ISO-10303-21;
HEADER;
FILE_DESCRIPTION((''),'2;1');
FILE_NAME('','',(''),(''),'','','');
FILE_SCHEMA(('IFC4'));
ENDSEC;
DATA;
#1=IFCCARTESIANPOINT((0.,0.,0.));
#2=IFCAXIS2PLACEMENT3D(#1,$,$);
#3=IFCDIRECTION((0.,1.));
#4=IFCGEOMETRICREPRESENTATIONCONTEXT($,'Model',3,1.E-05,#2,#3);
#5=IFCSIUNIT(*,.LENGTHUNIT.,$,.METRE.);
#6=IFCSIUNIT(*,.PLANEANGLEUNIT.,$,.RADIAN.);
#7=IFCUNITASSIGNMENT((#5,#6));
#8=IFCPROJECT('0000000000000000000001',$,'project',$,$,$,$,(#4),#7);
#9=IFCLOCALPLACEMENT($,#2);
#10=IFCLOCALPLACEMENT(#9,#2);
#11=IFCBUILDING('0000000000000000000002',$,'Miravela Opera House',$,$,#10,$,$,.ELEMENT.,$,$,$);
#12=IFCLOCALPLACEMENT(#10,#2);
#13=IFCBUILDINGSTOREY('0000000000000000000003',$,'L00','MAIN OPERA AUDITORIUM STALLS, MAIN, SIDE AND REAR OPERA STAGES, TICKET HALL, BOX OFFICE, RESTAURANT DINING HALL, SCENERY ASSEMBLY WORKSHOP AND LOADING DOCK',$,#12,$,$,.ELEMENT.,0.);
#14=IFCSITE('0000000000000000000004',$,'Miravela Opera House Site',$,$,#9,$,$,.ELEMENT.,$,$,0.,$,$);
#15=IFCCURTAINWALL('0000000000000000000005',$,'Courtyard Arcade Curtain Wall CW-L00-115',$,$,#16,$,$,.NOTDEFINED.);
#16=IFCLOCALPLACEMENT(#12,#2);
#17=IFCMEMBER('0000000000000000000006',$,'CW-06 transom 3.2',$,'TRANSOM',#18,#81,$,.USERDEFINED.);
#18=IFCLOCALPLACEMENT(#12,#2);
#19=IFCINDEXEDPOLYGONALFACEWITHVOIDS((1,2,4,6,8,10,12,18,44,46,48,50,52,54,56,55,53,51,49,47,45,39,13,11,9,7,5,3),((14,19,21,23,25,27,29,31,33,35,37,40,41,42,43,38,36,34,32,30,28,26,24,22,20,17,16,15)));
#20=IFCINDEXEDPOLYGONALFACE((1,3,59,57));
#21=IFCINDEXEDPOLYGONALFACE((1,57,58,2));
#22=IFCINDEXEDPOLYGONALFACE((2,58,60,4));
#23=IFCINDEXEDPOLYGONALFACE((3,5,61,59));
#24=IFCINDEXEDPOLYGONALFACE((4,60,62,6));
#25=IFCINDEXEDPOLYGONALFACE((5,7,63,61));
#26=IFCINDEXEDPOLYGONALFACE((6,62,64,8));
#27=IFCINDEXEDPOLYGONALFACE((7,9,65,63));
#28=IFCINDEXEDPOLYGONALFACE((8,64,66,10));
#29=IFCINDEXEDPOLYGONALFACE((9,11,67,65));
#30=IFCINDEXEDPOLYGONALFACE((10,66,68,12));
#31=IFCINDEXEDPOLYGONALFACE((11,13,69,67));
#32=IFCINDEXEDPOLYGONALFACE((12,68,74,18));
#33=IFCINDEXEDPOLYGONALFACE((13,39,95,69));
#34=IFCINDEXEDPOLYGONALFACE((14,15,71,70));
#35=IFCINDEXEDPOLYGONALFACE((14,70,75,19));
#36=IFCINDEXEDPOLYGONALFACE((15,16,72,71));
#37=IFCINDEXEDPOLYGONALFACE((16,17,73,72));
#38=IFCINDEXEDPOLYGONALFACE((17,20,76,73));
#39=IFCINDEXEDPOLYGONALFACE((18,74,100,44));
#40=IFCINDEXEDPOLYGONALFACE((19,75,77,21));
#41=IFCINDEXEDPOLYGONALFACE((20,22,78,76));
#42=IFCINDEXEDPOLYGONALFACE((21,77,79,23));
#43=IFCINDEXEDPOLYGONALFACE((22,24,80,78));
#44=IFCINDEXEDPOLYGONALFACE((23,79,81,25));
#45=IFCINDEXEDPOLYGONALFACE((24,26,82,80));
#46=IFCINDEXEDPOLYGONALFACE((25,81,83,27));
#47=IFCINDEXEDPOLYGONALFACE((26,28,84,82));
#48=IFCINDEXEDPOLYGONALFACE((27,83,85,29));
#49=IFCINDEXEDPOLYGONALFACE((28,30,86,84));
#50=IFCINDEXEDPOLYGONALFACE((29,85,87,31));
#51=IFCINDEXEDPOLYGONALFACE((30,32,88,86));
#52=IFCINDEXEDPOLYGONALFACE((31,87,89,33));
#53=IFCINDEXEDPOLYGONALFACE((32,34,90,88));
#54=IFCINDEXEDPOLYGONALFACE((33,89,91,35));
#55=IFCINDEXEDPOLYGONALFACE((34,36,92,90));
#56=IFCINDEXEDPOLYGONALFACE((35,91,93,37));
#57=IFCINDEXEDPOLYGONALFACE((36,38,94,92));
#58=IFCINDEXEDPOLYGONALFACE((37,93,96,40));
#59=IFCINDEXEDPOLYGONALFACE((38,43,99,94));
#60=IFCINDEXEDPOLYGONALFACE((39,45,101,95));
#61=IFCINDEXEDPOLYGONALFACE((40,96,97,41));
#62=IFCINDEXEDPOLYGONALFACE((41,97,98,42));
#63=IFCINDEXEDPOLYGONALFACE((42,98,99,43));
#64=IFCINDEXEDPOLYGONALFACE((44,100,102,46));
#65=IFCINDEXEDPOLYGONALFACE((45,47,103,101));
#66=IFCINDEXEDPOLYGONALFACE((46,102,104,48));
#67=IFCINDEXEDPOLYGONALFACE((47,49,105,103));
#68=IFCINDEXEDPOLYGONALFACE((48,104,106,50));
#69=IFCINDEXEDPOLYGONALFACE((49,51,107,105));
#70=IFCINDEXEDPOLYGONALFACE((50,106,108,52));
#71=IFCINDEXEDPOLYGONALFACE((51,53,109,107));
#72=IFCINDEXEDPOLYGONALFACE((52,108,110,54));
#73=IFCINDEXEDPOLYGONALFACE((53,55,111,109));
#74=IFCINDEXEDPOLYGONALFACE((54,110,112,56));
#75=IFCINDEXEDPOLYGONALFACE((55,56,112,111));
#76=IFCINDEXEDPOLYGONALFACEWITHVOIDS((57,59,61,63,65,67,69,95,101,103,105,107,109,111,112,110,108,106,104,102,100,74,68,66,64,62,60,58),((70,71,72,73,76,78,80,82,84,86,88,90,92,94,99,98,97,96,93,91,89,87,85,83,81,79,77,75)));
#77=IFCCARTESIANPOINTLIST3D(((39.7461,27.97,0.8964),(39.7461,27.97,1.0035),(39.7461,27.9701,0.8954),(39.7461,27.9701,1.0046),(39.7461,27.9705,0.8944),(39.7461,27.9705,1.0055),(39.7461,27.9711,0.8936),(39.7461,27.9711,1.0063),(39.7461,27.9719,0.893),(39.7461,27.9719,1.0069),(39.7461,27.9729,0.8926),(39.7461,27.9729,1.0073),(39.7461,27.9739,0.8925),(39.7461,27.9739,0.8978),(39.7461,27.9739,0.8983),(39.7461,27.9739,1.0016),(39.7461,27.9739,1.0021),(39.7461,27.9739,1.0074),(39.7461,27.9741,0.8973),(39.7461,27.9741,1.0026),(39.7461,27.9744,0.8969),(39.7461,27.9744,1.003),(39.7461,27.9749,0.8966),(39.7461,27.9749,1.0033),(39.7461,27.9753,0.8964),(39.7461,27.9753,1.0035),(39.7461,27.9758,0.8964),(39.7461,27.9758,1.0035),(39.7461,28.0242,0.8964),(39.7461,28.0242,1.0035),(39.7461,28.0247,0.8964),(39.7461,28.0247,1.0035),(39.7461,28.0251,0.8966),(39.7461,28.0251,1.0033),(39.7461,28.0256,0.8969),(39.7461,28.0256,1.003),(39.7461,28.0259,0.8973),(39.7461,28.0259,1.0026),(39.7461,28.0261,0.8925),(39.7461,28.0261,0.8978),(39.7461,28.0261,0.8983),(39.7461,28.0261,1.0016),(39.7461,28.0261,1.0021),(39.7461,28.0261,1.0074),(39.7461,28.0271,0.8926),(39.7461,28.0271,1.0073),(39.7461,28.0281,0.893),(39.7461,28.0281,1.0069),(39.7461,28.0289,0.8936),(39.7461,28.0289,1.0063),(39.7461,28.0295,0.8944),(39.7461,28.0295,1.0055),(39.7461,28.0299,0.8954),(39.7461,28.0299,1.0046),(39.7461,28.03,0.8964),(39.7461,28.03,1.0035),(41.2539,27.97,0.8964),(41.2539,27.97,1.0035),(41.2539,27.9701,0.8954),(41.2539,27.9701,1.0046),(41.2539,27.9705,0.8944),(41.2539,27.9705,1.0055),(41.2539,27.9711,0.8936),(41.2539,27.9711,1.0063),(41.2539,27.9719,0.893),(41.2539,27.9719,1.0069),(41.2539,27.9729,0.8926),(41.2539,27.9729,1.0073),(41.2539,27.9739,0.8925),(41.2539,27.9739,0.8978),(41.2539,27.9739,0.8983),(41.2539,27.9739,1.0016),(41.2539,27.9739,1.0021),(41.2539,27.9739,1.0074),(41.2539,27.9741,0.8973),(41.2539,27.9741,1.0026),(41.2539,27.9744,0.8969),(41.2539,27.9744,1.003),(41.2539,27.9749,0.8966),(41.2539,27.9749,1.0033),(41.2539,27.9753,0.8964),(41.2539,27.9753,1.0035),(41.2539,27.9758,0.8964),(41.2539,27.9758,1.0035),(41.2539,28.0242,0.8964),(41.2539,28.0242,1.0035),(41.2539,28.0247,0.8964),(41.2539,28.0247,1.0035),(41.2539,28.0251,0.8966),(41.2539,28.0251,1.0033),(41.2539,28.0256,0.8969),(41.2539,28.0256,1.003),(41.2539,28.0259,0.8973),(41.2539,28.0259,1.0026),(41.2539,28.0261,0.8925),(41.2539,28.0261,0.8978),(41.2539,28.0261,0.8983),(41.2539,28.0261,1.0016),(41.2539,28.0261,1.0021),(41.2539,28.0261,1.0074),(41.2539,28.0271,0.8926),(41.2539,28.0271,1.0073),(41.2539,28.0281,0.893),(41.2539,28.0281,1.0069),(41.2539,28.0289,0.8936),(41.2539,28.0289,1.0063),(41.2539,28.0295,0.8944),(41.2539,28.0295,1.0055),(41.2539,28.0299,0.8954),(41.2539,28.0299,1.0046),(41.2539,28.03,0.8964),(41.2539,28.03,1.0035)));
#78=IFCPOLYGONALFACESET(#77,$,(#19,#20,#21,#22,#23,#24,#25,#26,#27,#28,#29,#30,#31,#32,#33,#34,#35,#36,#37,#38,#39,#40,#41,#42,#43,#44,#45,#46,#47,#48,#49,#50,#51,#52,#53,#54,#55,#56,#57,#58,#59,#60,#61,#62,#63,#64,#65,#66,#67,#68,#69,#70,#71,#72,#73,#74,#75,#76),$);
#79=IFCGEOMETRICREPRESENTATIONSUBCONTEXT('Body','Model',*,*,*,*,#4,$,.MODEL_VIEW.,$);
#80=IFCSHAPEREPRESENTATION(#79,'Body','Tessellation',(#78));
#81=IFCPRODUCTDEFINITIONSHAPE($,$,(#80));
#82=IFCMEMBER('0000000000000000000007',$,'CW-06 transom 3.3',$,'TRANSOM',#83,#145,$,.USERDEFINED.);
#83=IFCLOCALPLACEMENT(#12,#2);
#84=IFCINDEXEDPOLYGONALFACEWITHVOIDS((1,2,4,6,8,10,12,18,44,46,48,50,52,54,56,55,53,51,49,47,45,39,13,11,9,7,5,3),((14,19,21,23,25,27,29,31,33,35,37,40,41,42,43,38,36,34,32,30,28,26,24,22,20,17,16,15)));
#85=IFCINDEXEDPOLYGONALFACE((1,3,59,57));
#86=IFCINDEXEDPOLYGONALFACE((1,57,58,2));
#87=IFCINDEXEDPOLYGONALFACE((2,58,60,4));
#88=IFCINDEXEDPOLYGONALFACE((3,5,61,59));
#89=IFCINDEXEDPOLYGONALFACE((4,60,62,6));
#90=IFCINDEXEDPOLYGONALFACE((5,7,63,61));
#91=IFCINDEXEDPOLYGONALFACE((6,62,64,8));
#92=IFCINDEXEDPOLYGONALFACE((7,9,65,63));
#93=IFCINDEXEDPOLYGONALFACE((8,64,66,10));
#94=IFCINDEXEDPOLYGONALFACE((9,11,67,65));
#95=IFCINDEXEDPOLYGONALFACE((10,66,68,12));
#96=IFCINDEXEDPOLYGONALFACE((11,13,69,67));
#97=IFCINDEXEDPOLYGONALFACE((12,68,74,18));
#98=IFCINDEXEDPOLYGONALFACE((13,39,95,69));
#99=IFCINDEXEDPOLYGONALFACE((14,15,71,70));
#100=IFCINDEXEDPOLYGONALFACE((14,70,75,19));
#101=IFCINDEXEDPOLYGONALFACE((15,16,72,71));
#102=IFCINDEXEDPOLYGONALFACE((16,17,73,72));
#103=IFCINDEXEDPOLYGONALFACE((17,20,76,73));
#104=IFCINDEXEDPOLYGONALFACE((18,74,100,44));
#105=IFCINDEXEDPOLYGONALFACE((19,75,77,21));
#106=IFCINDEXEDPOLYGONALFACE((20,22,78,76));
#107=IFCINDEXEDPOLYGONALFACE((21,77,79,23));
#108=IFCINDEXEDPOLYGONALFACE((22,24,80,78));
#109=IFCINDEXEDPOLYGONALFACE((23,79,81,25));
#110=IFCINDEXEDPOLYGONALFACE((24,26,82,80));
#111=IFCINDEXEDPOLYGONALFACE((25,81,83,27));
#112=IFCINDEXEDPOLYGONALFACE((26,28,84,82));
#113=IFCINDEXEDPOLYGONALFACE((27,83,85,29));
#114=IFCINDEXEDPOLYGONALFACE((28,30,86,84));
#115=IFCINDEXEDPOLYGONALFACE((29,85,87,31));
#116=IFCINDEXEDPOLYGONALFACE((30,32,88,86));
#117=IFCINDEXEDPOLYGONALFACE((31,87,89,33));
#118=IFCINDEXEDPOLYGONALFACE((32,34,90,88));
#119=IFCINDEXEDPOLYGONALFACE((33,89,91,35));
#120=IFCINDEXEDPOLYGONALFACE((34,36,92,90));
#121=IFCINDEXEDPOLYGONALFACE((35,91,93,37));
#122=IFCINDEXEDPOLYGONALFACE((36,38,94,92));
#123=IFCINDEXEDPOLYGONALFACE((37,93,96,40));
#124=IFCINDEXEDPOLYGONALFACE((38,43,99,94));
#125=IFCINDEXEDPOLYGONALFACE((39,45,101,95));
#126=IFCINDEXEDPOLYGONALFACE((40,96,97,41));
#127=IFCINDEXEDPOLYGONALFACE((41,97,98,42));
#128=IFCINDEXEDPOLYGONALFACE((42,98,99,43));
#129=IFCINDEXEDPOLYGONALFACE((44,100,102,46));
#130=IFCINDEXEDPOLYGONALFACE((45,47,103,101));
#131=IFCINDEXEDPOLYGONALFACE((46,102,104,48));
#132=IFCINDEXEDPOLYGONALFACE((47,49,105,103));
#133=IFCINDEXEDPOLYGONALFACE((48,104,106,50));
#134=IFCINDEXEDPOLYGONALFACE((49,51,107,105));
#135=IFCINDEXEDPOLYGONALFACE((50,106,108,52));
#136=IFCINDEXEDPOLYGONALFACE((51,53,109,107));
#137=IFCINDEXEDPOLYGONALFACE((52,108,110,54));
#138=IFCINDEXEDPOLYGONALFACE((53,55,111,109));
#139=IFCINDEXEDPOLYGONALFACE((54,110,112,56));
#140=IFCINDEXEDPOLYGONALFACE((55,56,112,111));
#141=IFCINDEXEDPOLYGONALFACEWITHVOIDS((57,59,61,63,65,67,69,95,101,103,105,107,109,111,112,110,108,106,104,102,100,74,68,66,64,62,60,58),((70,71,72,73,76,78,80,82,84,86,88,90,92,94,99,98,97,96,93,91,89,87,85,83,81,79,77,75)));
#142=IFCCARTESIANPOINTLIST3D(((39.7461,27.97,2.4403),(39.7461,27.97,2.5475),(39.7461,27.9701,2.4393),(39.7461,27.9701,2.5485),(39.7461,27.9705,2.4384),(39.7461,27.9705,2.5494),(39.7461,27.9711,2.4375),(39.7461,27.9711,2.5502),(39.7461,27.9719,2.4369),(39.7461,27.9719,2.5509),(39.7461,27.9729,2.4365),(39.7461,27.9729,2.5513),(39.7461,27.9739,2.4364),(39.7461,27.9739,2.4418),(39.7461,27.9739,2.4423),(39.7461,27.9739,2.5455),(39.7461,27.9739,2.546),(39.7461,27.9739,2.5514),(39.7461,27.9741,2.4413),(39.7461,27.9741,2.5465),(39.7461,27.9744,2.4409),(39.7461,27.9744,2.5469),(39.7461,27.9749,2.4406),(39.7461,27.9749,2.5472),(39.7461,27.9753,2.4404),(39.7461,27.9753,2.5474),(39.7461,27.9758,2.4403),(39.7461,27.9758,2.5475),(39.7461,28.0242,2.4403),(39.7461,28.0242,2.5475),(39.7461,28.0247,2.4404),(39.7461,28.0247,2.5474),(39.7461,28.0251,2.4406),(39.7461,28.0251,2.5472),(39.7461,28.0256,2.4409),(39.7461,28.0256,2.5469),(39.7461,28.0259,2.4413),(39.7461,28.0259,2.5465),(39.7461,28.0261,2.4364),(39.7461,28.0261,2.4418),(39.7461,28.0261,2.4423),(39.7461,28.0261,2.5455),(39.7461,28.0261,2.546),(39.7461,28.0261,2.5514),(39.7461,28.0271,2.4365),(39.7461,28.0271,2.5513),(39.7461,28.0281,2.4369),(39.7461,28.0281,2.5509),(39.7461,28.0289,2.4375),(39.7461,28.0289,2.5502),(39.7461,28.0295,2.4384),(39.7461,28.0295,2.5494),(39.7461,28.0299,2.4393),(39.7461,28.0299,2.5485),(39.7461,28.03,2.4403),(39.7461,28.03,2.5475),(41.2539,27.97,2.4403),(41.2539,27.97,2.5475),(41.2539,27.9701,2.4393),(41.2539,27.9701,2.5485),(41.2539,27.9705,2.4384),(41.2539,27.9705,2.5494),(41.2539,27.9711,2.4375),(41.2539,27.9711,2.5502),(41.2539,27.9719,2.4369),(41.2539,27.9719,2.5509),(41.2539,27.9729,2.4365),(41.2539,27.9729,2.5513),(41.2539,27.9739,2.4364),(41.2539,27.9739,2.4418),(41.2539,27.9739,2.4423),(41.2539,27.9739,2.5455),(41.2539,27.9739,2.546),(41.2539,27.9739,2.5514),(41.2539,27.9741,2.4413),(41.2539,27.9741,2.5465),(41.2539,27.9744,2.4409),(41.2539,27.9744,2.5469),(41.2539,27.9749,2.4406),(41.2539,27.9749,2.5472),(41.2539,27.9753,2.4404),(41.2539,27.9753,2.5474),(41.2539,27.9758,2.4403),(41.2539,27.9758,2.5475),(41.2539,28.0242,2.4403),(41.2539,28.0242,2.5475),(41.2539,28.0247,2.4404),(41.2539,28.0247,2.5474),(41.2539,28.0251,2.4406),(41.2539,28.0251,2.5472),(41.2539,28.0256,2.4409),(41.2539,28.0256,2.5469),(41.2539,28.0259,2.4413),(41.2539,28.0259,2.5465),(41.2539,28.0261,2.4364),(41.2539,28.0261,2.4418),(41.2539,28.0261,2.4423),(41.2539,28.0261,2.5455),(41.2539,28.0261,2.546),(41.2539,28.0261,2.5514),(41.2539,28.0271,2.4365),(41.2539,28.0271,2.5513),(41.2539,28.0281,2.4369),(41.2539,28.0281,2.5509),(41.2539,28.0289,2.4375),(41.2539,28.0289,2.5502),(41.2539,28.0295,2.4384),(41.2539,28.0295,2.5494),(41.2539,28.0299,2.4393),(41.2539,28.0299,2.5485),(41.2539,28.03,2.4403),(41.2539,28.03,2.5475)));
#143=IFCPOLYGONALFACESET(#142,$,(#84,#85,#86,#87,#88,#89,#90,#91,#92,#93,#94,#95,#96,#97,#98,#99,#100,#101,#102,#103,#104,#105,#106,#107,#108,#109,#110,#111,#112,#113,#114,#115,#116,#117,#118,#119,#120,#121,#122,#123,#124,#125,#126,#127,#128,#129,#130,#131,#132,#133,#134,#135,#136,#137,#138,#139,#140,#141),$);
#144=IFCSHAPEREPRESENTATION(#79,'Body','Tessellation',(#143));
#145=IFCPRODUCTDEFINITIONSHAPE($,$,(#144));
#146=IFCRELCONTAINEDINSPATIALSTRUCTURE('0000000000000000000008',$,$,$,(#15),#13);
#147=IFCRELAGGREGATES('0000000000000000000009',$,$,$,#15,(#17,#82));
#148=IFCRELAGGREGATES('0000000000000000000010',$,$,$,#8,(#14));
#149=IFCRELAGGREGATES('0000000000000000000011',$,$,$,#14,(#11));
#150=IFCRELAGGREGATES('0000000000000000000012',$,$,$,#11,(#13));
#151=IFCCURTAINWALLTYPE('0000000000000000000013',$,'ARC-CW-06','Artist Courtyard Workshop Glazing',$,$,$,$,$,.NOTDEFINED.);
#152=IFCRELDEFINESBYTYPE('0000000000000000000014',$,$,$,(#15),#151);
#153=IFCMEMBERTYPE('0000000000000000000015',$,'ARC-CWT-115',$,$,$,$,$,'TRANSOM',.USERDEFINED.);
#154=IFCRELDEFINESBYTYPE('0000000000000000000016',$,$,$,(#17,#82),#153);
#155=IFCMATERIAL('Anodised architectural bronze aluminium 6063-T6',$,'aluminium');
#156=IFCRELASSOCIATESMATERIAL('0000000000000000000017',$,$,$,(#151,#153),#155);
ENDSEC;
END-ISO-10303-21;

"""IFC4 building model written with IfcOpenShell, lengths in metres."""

from ifc_helpers import new_model, si_unit, direction, frame, origin, origin_2d, place, context, subcontext, project, spatial, hollow_rectangle, extrude, material, material_profile, profile_set, type_object, element, aggregate, save


model = new_model("IFC4")

# Units and contexts
model_context = context("Model", 3, precision=1e-05, world=origin(), true_north=direction((0.0, 1.0)))
body_context = subcontext(model_context, "Body", "Model", "MODEL_VIEW")
ifc_project = project(units=[si_unit("LENGTHUNIT", "METRE"), si_unit("PLANEANGLEUNIT", "RADIAN")], contexts=[model_context])

# Site, building, storey
site_placement = place(None, origin())
site = spatial("IfcSite", under=ifc_project, at=site_placement, Name="Miravela Opera House Site", CompositionType="ELEMENT", RefElevation=0.0)
building_placement = place(site_placement, origin())
building = spatial("IfcBuilding", under=site, at=building_placement, Name="Miravela Opera House", CompositionType="ELEMENT")
storey_placement = place(building_placement, origin())
storey = spatial("IfcBuildingStorey", under=building, at=storey_placement, Name="L00", Description="MAIN OPERA AUDITORIUM STALLS, MAIN, SIDE AND REAR OPERA STAGES, TICKET HALL, BOX OFFICE, RESTAURANT DINING HALL, SCENERY ASSEMBLY WORKSHOP AND LOADING DOCK", CompositionType="ELEMENT", Elevation=0.0)

# Curtain wall, members
ifc_material_1 = material(Name="Anodised architectural bronze aluminium 6063-T6", Category="aluminium")
curtain_wall_type = type_object("IfcCurtainWallType", Name="ARC-CW-06", Description="Artist Courtyard Workshop Glazing", PredefinedType="NOTDEFINED", material=ifc_material_1)
curtain_wall_placement = place(storey_placement, origin())
curtain_wall = element("IfcCurtainWall", 1, at=curtain_wall_placement, inside=storey, type_object=curtain_wall_type, Name="Courtyard Arcade Curtain Wall CW-L00-115", PredefinedType="NOTDEFINED")
ifc_material_profile_1 = material_profile(ifc_material_1, hollow_rectangle(XDim=0.0601, YDim=0.115, WallThickness=0.0039, InnerFilletRadius=0.002, OuterFilletRadius=0.0039, at=origin_2d()), Name="CWT-60X115")
ifc_profile_set_1 = profile_set([ifc_material_profile_1])
member_type_1 = type_object("IfcMemberType", Name="ARC-CWT-115", ElementType="TRANSOM", PredefinedType="USERDEFINED", material=ifc_profile_set_1)
member_1_placement = place(storey_placement, frame((39.7461, 28.0, 0.95), z_axis=(1.0, 0.0, 0.0), x_axis=(0.0, 1.0, 0.0)))
member_1 = element("IfcMember", 2, at=member_1_placement, type_object=member_type_1, Name="CW-06 transom 3.2", ObjectType="TRANSOM", PredefinedType="USERDEFINED", context=body_context, shape_type="SweptSolid", body=[
    extrude(hollow_rectangle(XDim=0.0601, YDim=0.115, WallThickness=0.0039, InnerFilletRadius=0.002, OuterFilletRadius=0.0039, at=origin_2d()), origin(), (0.0, 0.0, 1.0), 1.5078),
])
member_2_placement = place(storey_placement, frame((39.7461, 28.0, 2.4939), z_axis=(1.0, 0.0, 0.0), x_axis=(0.0, 1.0, 0.0)))
member_2 = element("IfcMember", 3, at=member_2_placement, type_object=member_type_1, Name="CW-06 transom 3.3", ObjectType="TRANSOM", PredefinedType="USERDEFINED", context=body_context, shape_type="SweptSolid", body=[
    extrude(hollow_rectangle(XDim=0.0601, YDim=0.115, WallThickness=0.0039, InnerFilletRadius=0.002, OuterFilletRadius=0.0039, at=origin_2d()), origin(), (0.0, 0.0, 1.0), 1.5078),
])

aggregate(curtain_wall, [member_1, member_2])

save(model, "model.ifc")
